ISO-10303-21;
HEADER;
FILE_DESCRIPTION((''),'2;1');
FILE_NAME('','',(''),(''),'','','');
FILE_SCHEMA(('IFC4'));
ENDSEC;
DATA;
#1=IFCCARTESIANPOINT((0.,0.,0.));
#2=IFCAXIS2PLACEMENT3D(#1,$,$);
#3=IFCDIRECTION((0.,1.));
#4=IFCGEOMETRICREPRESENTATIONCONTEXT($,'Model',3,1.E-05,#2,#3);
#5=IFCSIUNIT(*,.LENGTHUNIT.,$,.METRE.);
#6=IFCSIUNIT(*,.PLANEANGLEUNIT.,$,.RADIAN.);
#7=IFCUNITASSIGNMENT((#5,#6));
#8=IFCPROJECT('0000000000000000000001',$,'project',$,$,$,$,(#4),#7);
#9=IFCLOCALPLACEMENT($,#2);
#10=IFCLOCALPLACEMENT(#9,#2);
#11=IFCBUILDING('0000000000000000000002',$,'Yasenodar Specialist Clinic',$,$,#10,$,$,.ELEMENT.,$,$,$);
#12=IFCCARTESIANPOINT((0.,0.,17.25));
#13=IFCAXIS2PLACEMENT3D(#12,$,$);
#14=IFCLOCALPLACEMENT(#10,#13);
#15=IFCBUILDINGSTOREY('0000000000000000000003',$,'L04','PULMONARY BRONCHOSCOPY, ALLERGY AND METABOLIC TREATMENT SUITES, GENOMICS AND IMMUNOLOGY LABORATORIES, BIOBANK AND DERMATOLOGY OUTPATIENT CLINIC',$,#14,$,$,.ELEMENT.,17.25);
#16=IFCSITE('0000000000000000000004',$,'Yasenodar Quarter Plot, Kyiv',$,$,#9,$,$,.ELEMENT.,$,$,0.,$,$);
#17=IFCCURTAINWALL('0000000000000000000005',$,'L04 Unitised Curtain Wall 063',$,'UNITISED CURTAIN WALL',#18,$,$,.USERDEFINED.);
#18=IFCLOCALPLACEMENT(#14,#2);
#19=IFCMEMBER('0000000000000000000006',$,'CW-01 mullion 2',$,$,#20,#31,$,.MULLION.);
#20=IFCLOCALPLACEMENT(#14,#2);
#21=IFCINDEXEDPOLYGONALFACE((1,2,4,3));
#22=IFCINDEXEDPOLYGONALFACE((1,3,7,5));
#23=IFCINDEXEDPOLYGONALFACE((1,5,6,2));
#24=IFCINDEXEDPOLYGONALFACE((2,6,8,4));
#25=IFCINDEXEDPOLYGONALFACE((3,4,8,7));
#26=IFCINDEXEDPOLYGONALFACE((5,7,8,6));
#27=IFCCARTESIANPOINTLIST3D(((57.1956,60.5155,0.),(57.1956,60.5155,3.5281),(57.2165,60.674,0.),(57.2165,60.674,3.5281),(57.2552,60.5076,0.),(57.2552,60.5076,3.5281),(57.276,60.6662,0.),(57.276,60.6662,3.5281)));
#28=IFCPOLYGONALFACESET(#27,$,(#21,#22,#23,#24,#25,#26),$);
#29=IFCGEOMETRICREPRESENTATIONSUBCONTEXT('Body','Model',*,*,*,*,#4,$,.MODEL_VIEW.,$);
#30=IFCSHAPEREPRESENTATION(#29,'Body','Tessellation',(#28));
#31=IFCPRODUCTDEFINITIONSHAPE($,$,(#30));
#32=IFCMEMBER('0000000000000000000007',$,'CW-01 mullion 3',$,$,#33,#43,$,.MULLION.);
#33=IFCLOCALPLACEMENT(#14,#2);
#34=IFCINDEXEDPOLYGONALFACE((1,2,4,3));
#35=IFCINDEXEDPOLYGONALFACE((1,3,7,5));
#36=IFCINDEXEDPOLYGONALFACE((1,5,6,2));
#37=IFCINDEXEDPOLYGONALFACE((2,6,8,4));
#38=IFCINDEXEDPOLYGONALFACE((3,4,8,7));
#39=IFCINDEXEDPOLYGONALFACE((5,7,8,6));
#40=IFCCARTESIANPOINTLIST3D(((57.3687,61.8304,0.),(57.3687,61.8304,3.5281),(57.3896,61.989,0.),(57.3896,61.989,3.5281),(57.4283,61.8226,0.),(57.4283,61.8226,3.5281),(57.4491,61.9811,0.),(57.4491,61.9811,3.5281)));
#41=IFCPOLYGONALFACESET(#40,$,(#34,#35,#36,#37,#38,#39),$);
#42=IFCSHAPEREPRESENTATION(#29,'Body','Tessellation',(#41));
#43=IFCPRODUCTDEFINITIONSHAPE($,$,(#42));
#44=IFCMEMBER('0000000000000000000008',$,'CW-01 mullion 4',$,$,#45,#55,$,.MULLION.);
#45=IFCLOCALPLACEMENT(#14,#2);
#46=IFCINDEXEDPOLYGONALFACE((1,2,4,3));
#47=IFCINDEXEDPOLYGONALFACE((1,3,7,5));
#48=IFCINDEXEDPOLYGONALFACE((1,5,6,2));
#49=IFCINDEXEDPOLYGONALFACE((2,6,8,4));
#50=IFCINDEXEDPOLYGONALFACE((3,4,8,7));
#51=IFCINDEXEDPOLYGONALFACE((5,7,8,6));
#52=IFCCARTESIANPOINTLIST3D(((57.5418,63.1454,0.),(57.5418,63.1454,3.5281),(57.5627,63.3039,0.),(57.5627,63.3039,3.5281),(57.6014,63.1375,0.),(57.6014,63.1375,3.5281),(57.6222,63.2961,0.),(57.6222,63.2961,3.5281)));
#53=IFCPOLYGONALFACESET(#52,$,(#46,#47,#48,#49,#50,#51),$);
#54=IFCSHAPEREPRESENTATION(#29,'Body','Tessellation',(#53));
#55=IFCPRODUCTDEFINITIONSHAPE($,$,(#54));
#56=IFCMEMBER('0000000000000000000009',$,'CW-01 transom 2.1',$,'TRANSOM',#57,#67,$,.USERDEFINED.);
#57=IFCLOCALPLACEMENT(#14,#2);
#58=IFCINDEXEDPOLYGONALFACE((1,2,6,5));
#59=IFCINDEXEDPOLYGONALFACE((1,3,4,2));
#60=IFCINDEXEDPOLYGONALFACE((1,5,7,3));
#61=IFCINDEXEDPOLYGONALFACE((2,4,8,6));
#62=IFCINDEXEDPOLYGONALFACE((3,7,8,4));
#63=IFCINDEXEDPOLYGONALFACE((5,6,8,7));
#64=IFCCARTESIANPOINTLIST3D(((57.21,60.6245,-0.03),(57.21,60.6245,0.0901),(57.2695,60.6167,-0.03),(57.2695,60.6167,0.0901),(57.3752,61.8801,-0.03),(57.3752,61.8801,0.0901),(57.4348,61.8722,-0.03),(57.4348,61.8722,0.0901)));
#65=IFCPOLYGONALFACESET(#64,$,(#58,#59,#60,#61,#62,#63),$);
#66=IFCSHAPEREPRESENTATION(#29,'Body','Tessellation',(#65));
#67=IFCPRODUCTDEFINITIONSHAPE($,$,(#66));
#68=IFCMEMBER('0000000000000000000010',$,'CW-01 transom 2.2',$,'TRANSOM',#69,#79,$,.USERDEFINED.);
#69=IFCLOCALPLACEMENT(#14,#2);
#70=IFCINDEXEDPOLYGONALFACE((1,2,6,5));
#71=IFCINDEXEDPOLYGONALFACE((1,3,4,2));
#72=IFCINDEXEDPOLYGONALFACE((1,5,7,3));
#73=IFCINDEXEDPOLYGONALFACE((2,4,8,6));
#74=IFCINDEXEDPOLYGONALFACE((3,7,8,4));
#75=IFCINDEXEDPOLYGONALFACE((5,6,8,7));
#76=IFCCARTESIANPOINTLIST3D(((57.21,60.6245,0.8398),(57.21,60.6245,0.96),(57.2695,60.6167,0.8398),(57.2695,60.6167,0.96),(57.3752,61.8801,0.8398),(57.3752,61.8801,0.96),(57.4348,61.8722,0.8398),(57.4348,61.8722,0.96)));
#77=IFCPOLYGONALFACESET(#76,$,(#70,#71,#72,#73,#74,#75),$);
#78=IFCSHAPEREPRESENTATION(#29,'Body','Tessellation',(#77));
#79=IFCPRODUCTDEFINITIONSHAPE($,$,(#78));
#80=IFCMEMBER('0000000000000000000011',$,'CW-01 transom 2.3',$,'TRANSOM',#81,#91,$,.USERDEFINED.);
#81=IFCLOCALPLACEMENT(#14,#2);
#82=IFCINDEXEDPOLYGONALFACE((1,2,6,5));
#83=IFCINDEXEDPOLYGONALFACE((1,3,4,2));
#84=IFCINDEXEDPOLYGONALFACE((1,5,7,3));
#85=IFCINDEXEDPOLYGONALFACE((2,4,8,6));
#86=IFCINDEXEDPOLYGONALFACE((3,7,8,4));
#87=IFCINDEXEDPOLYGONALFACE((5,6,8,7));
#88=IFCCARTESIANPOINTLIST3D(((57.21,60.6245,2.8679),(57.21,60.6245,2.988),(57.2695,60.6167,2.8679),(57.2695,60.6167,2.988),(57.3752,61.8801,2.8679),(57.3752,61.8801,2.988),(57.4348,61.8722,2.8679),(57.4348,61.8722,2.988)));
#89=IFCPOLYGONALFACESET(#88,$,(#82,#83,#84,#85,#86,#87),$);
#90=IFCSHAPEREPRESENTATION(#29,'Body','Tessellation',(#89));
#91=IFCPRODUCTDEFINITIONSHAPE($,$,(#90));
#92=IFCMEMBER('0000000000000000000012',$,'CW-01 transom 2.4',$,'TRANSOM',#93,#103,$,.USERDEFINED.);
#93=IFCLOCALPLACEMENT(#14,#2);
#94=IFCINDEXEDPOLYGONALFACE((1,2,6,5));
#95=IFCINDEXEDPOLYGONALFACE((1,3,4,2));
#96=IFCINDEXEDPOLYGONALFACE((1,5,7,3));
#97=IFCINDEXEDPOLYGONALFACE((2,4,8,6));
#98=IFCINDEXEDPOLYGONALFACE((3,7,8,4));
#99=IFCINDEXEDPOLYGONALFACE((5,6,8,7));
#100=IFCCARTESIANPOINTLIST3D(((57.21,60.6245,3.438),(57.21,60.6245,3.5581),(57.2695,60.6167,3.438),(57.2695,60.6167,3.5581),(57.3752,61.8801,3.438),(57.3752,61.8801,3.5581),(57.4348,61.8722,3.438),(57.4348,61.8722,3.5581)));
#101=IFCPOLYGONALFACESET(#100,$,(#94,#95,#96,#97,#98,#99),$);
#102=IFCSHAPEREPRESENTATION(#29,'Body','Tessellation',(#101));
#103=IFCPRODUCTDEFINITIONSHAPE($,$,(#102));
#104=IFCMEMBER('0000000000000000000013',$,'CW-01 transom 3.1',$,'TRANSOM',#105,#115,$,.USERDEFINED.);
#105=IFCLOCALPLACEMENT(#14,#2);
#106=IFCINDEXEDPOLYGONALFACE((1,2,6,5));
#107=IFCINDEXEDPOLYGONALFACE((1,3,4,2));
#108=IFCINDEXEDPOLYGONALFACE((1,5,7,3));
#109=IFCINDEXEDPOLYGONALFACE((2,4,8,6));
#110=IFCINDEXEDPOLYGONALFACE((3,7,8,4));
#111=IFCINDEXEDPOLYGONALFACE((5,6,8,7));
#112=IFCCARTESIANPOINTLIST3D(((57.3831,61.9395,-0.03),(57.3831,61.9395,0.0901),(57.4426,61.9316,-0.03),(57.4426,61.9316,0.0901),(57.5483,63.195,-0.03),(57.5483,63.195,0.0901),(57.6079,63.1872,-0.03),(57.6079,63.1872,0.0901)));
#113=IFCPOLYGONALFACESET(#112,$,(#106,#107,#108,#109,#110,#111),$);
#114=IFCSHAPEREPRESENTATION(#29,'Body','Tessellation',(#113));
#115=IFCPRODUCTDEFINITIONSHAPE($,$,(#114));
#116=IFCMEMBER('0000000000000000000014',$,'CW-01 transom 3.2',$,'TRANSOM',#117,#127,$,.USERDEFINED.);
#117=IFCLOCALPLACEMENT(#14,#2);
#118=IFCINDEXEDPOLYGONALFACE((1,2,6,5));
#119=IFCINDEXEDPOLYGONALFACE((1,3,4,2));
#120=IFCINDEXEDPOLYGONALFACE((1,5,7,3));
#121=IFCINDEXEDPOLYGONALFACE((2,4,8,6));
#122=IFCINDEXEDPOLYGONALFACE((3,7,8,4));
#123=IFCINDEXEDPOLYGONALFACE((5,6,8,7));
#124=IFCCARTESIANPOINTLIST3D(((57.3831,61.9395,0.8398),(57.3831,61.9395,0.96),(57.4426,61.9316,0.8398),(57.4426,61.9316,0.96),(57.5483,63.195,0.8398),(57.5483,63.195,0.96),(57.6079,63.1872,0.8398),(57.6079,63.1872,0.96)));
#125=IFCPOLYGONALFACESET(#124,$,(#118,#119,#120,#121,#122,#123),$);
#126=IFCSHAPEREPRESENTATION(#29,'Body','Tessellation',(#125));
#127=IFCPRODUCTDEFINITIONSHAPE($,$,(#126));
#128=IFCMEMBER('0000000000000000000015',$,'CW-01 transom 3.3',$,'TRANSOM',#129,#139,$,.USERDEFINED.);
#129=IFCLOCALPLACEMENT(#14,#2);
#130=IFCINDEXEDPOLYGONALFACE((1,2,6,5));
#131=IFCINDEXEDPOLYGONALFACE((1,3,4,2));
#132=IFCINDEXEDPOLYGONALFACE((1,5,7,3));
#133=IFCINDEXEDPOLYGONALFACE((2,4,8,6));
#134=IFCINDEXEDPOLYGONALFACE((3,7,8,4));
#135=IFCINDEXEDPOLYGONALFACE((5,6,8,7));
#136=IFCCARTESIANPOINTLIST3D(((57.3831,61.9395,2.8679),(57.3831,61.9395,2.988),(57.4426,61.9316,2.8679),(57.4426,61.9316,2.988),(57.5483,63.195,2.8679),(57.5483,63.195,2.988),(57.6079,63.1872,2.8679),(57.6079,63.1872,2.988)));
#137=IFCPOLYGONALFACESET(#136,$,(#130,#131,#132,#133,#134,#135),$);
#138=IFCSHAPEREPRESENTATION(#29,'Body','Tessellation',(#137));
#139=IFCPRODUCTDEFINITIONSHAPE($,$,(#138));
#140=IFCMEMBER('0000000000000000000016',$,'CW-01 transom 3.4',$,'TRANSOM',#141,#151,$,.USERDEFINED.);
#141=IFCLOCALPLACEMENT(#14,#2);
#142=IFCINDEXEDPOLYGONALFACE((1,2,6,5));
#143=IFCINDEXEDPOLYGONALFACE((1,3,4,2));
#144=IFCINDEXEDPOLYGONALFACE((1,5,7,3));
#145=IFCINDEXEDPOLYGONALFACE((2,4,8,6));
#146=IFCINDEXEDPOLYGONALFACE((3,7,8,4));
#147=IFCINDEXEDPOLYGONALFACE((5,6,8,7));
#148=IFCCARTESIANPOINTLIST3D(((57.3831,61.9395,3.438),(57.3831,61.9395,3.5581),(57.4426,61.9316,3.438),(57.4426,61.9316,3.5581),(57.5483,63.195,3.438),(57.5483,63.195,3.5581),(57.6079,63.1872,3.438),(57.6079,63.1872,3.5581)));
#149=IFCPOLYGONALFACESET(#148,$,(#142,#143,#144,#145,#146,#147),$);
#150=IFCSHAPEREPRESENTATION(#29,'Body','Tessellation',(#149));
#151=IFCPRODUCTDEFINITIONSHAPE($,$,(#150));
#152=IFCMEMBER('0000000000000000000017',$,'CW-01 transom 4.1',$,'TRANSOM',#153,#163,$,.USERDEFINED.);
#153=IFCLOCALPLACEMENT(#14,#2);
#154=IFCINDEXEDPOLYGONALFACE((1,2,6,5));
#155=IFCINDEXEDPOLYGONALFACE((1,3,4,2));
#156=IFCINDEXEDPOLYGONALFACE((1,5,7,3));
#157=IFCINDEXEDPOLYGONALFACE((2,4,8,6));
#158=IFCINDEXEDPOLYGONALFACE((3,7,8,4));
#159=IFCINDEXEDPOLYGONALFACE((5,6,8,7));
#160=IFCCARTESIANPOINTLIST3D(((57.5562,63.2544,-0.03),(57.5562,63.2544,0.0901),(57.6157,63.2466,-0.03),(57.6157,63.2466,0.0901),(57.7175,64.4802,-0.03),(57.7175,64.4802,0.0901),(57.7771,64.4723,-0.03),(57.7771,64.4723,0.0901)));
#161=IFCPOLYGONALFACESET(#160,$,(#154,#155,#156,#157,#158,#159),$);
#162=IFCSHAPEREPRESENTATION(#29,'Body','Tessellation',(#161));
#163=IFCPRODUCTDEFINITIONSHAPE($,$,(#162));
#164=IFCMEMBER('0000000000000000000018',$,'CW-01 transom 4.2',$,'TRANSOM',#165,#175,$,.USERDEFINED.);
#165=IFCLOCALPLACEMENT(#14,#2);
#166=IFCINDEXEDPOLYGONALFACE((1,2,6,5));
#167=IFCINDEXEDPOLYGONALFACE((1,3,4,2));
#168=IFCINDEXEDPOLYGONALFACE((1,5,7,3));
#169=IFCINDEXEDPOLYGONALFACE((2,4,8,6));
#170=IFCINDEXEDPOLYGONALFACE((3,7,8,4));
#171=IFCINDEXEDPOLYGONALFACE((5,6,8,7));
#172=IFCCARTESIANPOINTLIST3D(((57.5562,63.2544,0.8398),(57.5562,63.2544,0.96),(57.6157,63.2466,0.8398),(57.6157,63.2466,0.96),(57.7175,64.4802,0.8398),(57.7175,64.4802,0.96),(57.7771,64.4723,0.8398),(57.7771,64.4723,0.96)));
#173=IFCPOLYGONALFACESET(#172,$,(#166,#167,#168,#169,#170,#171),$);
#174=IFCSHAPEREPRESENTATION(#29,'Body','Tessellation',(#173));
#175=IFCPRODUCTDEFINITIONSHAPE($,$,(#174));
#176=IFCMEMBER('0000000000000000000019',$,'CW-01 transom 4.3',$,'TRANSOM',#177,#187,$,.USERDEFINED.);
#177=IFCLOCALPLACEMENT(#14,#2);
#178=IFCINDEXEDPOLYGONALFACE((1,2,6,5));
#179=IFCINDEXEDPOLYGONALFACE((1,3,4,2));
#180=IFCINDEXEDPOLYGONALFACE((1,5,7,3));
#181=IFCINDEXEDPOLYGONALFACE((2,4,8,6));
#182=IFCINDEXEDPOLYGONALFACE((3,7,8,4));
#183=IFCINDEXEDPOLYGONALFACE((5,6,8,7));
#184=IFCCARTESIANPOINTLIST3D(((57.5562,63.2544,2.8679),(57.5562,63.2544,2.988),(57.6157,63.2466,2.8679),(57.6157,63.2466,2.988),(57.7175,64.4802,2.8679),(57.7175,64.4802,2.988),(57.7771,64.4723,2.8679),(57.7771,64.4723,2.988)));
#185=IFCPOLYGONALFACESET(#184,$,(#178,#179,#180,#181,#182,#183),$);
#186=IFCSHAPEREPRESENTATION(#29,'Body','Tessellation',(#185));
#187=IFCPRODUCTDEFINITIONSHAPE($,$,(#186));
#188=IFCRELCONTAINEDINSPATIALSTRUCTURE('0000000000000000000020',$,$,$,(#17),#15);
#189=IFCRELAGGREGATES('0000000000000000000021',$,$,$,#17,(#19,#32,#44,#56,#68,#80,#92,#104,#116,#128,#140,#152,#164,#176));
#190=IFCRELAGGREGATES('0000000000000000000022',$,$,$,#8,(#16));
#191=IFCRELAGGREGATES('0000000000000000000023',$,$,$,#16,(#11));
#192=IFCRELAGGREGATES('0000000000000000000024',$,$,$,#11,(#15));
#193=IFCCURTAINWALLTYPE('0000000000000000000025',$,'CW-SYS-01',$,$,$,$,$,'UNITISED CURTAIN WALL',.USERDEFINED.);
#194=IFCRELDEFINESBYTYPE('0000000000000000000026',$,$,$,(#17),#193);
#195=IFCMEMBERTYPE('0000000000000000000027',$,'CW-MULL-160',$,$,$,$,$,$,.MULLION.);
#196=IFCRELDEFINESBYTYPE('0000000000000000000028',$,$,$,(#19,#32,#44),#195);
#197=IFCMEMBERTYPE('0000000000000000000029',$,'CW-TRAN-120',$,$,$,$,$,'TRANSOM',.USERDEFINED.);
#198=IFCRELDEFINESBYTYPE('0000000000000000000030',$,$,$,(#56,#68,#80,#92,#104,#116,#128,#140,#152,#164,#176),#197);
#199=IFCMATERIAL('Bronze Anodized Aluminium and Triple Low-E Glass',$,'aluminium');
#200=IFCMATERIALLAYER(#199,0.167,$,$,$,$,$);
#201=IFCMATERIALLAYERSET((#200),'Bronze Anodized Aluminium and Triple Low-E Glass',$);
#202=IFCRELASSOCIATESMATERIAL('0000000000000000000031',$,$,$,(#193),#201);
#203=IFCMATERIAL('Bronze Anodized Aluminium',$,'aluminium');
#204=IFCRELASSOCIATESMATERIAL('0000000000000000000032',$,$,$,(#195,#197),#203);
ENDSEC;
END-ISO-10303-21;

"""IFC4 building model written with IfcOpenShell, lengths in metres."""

from ifc_helpers import new_model, si_unit, direction, frame, origin, origin_2d, place, context, subcontext, project, spatial, rectangle, extrude, material, layer, layer_set, material_profile, profile_set, type_object, element, aggregate, save


model = new_model("IFC4")

# Units and contexts
model_context = context("Model", 3, precision=1e-05, world=origin(), true_north=direction((0.0, 1.0)))
body_context = subcontext(model_context, "Body", "Model", "MODEL_VIEW")
ifc_project = project(units=[si_unit("LENGTHUNIT", "METRE"), si_unit("PLANEANGLEUNIT", "RADIAN")], contexts=[model_context])

# Site, building, storey
site_placement = place(None, origin())
site = spatial("IfcSite", under=ifc_project, at=site_placement, Name="Yasenodar Quarter Plot, Kyiv", CompositionType="ELEMENT", RefElevation=0.0)
building_placement = place(site_placement, origin())
building = spatial("IfcBuilding", under=site, at=building_placement, Name="Yasenodar Specialist Clinic", CompositionType="ELEMENT")
storey_placement = place(building_placement, frame((0.0, 0.0, 17.25)))
storey = spatial("IfcBuildingStorey", under=building, at=storey_placement, Name="L04", Description="PULMONARY BRONCHOSCOPY, ALLERGY AND METABOLIC TREATMENT SUITES, GENOMICS AND IMMUNOLOGY LABORATORIES, BIOBANK AND DERMATOLOGY OUTPATIENT CLINIC", CompositionType="ELEMENT", Elevation=17.25)

# Curtain wall, members
ifc_material_1 = material(Name="Bronze Anodized Aluminium and Triple Low-E Glass", Category="aluminium")
ifc_layer_1 = layer(ifc_material_1, 0.167)
ifc_layer_set_1 = layer_set([ifc_layer_1], Name="Bronze Anodized Aluminium and Triple Low-E Glass")
curtain_wall_type = type_object("IfcCurtainWallType", Name="CW-SYS-01", ElementType="UNITISED CURTAIN WALL", PredefinedType="USERDEFINED", material=ifc_layer_set_1)
curtain_wall_placement = place(storey_placement, origin())
curtain_wall = element("IfcCurtainWall", 1, at=curtain_wall_placement, inside=storey, type_object=curtain_wall_type, Name="L04 Unitised Curtain Wall 063", ObjectType="UNITISED CURTAIN WALL", PredefinedType="USERDEFINED")
ifc_material_2 = material(Name="Bronze Anodized Aluminium", Category="aluminium")
ifc_material_profile_1 = material_profile(ifc_material_2, rectangle(XDim=0.0601, YDim=0.1599, at=origin_2d()), Name="CW-MULL 60x160")
ifc_profile_set_1 = profile_set([ifc_material_profile_1], Name="Bronze Anodized Aluminium")
member_type_1 = type_object("IfcMemberType", Name="CW-MULL-160", PredefinedType="MULLION", material=ifc_profile_set_1)
member_1_placement = place(storey_placement, frame((57.2358, 60.5908, 0.0), z_axis=(0.0, 0.0, 1.0), x_axis=(-0.991447, 0.130512, 0.0)))
member_1 = element("IfcMember", 2, at=member_1_placement, type_object=member_type_1, Name="CW-01 mullion 2", PredefinedType="MULLION", context=body_context, shape_type="SweptSolid", body=[
    extrude(rectangle(XDim=0.0601, YDim=0.1599, at=origin_2d()), origin(), (0.0, 0.0, 1.0), 3.5281),
])
member_2_placement = place(storey_placement, frame((57.4089, 61.9058, 0.0), z_axis=(0.0, 0.0, 1.0), x_axis=(-0.991447, 0.130512, 0.0)))
member_2 = element("IfcMember", 3, at=member_2_placement, type_object=member_type_1, Name="CW-01 mullion 3", PredefinedType="MULLION", context=body_context, shape_type="SweptSolid", body=[
    extrude(rectangle(XDim=0.0601, YDim=0.1599, at=origin_2d()), origin(), (0.0, 0.0, 1.0), 3.5281),
])
member_3_placement = place(storey_placement, frame((57.582, 63.2207, 0.0), z_axis=(0.0, 0.0, 1.0), x_axis=(-0.991447, 0.130512, 0.0)))
member_3 = element("IfcMember", 4, at=member_3_placement, type_object=member_type_1, Name="CW-01 mullion 4", PredefinedType="MULLION", context=body_context, shape_type="SweptSolid", body=[
    extrude(rectangle(XDim=0.0601, YDim=0.1599, at=origin_2d()), origin(), (0.0, 0.0, 1.0), 3.5281),
])
ifc_material_profile_2 = material_profile(ifc_material_2, rectangle(XDim=0.0601, YDim=0.1201, at=origin_2d()), Name="CW-TRAN 60x120")
ifc_profile_set_2 = profile_set([ifc_material_profile_2], Name="Bronze Anodized Aluminium")
member_type_2 = type_object("IfcMemberType", Name="CW-TRAN-120", ElementType="TRANSOM", PredefinedType="USERDEFINED", material=ifc_profile_set_2)
member_4_placement = place(storey_placement, frame((57.2397, 60.6206, 0.03), z_axis=(0.130509, 0.991447, 0.0), x_axis=(-0.991447, 0.130509, 0.0)))
member_4 = element("IfcMember", 5, at=member_4_placement, type_object=member_type_2, Name="CW-01 transom 2.1", ObjectType="TRANSOM", PredefinedType="USERDEFINED", context=body_context, shape_type="SweptSolid", body=[
    extrude(rectangle(XDim=0.0601, YDim=0.1201, at=origin_2d()), origin(), (0.0, 0.0, 1.0), 1.2664),
])
member_5_placement = place(storey_placement, frame((57.2397, 60.6206, 0.8999), z_axis=(0.130509, 0.991447, 0.0), x_axis=(-0.991447, 0.130509, 0.0)))
member_5 = element("IfcMember", 6, at=member_5_placement, type_object=member_type_2, Name="CW-01 transom 2.2", ObjectType="TRANSOM", PredefinedType="USERDEFINED", context=body_context, shape_type="SweptSolid", body=[
    extrude(rectangle(XDim=0.0601, YDim=0.1201, at=origin_2d()), origin(), (0.0, 0.0, 1.0), 1.2664),
])
member_6_placement = place(storey_placement, frame((57.2397, 60.6206, 2.928), z_axis=(0.130509, 0.991447, 0.0), x_axis=(-0.991447, 0.130509, 0.0)))
member_6 = element("IfcMember", 7, at=member_6_placement, type_object=member_type_2, Name="CW-01 transom 2.3", ObjectType="TRANSOM", PredefinedType="USERDEFINED", context=body_context, shape_type="SweptSolid", body=[
    extrude(rectangle(XDim=0.0601, YDim=0.1201, at=origin_2d()), origin(), (0.0, 0.0, 1.0), 1.2664),
])
member_7_placement = place(storey_placement, frame((57.2397, 60.6206, 3.498), z_axis=(0.130509, 0.991447, 0.0), x_axis=(-0.991447, 0.130509, 0.0)))
member_7 = element("IfcMember", 8, at=member_7_placement, type_object=member_type_2, Name="CW-01 transom 2.4", ObjectType="TRANSOM", PredefinedType="USERDEFINED", context=body_context, shape_type="SweptSolid", body=[
    extrude(rectangle(XDim=0.0601, YDim=0.1201, at=origin_2d()), origin(), (0.0, 0.0, 1.0), 1.2664),
])
member_8_placement = place(storey_placement, frame((57.4128, 61.9355, 0.03), z_axis=(0.130509, 0.991447, 0.0), x_axis=(-0.991447, 0.130509, 0.0)))
member_8 = element("IfcMember", 9, at=member_8_placement, type_object=member_type_2, Name="CW-01 transom 3.1", ObjectType="TRANSOM", PredefinedType="USERDEFINED", context=body_context, shape_type="SweptSolid", body=[
    extrude(rectangle(XDim=0.0601, YDim=0.1201, at=origin_2d()), origin(), (0.0, 0.0, 1.0), 1.2664),
])
member_9_placement = place(storey_placement, frame((57.4128, 61.9355, 0.8999), z_axis=(0.130509, 0.991447, 0.0), x_axis=(-0.991447, 0.130509, 0.0)))
member_9 = element("IfcMember", 10, at=member_9_placement, type_object=member_type_2, Name="CW-01 transom 3.2", ObjectType="TRANSOM", PredefinedType="USERDEFINED", context=body_context, shape_type="SweptSolid", body=[
    extrude(rectangle(XDim=0.0601, YDim=0.1201, at=origin_2d()), origin(), (0.0, 0.0, 1.0), 1.2664),
])
member_10_placement = place(storey_placement, frame((57.4128, 61.9355, 2.928), z_axis=(0.130509, 0.991447, 0.0), x_axis=(-0.991447, 0.130509, 0.0)))
member_10 = element("IfcMember", 11, at=member_10_placement, type_object=member_type_2, Name="CW-01 transom 3.3", ObjectType="TRANSOM", PredefinedType="USERDEFINED", context=body_context, shape_type="SweptSolid", body=[
    extrude(rectangle(XDim=0.0601, YDim=0.1201, at=origin_2d()), origin(), (0.0, 0.0, 1.0), 1.2664),
])
member_11_placement = place(storey_placement, frame((57.4128, 61.9355, 3.498), z_axis=(0.130509, 0.991447, 0.0), x_axis=(-0.991447, 0.130509, 0.0)))
member_11 = element("IfcMember", 12, at=member_11_placement, type_object=member_type_2, Name="CW-01 transom 3.4", ObjectType="TRANSOM", PredefinedType="USERDEFINED", context=body_context, shape_type="SweptSolid", body=[
    extrude(rectangle(XDim=0.0601, YDim=0.1201, at=origin_2d()), origin(), (0.0, 0.0, 1.0), 1.2664),
])
member_12_placement = place(storey_placement, frame((57.5859, 63.2505, 0.03), z_axis=(0.130521, 0.991446, 0.0), x_axis=(-0.991446, 0.130521, 0.0)))
member_12 = element("IfcMember", 13, at=member_12_placement, type_object=member_type_2, Name="CW-01 transom 4.1", ObjectType="TRANSOM", PredefinedType="USERDEFINED", context=body_context, shape_type="SweptSolid", body=[
    extrude(rectangle(XDim=0.0601, YDim=0.1201, at=origin_2d()), origin(), (0.0, 0.0, 1.0), 1.2363),
])
member_13_placement = place(storey_placement, frame((57.5859, 63.2505, 0.8999), z_axis=(0.130521, 0.991446, 0.0), x_axis=(-0.991446, 0.130521, 0.0)))
member_13 = element("IfcMember", 14, at=member_13_placement, type_object=member_type_2, Name="CW-01 transom 4.2", ObjectType="TRANSOM", PredefinedType="USERDEFINED", context=body_context, shape_type="SweptSolid", body=[
    extrude(rectangle(XDim=0.0601, YDim=0.1201, at=origin_2d()), origin(), (0.0, 0.0, 1.0), 1.2363),
])
member_14_placement = place(storey_placement, frame((57.5859, 63.2505, 2.928), z_axis=(0.130521, 0.991446, 0.0), x_axis=(-0.991446, 0.130521, 0.0)))
member_14 = element("IfcMember", 15, at=member_14_placement, type_object=member_type_2, Name="CW-01 transom 4.3", ObjectType="TRANSOM", PredefinedType="USERDEFINED", context=body_context, shape_type="SweptSolid", body=[
    extrude(rectangle(XDim=0.0601, YDim=0.1201, at=origin_2d()), origin(), (0.0, 0.0, 1.0), 1.2363),
])
aggregate(curtain_wall, [member_1, member_2, member_3, member_4, member_5, member_6, member_7, member_8, member_9, member_10, member_11, member_12, member_13, member_14])

save(model, "model.ifc")
